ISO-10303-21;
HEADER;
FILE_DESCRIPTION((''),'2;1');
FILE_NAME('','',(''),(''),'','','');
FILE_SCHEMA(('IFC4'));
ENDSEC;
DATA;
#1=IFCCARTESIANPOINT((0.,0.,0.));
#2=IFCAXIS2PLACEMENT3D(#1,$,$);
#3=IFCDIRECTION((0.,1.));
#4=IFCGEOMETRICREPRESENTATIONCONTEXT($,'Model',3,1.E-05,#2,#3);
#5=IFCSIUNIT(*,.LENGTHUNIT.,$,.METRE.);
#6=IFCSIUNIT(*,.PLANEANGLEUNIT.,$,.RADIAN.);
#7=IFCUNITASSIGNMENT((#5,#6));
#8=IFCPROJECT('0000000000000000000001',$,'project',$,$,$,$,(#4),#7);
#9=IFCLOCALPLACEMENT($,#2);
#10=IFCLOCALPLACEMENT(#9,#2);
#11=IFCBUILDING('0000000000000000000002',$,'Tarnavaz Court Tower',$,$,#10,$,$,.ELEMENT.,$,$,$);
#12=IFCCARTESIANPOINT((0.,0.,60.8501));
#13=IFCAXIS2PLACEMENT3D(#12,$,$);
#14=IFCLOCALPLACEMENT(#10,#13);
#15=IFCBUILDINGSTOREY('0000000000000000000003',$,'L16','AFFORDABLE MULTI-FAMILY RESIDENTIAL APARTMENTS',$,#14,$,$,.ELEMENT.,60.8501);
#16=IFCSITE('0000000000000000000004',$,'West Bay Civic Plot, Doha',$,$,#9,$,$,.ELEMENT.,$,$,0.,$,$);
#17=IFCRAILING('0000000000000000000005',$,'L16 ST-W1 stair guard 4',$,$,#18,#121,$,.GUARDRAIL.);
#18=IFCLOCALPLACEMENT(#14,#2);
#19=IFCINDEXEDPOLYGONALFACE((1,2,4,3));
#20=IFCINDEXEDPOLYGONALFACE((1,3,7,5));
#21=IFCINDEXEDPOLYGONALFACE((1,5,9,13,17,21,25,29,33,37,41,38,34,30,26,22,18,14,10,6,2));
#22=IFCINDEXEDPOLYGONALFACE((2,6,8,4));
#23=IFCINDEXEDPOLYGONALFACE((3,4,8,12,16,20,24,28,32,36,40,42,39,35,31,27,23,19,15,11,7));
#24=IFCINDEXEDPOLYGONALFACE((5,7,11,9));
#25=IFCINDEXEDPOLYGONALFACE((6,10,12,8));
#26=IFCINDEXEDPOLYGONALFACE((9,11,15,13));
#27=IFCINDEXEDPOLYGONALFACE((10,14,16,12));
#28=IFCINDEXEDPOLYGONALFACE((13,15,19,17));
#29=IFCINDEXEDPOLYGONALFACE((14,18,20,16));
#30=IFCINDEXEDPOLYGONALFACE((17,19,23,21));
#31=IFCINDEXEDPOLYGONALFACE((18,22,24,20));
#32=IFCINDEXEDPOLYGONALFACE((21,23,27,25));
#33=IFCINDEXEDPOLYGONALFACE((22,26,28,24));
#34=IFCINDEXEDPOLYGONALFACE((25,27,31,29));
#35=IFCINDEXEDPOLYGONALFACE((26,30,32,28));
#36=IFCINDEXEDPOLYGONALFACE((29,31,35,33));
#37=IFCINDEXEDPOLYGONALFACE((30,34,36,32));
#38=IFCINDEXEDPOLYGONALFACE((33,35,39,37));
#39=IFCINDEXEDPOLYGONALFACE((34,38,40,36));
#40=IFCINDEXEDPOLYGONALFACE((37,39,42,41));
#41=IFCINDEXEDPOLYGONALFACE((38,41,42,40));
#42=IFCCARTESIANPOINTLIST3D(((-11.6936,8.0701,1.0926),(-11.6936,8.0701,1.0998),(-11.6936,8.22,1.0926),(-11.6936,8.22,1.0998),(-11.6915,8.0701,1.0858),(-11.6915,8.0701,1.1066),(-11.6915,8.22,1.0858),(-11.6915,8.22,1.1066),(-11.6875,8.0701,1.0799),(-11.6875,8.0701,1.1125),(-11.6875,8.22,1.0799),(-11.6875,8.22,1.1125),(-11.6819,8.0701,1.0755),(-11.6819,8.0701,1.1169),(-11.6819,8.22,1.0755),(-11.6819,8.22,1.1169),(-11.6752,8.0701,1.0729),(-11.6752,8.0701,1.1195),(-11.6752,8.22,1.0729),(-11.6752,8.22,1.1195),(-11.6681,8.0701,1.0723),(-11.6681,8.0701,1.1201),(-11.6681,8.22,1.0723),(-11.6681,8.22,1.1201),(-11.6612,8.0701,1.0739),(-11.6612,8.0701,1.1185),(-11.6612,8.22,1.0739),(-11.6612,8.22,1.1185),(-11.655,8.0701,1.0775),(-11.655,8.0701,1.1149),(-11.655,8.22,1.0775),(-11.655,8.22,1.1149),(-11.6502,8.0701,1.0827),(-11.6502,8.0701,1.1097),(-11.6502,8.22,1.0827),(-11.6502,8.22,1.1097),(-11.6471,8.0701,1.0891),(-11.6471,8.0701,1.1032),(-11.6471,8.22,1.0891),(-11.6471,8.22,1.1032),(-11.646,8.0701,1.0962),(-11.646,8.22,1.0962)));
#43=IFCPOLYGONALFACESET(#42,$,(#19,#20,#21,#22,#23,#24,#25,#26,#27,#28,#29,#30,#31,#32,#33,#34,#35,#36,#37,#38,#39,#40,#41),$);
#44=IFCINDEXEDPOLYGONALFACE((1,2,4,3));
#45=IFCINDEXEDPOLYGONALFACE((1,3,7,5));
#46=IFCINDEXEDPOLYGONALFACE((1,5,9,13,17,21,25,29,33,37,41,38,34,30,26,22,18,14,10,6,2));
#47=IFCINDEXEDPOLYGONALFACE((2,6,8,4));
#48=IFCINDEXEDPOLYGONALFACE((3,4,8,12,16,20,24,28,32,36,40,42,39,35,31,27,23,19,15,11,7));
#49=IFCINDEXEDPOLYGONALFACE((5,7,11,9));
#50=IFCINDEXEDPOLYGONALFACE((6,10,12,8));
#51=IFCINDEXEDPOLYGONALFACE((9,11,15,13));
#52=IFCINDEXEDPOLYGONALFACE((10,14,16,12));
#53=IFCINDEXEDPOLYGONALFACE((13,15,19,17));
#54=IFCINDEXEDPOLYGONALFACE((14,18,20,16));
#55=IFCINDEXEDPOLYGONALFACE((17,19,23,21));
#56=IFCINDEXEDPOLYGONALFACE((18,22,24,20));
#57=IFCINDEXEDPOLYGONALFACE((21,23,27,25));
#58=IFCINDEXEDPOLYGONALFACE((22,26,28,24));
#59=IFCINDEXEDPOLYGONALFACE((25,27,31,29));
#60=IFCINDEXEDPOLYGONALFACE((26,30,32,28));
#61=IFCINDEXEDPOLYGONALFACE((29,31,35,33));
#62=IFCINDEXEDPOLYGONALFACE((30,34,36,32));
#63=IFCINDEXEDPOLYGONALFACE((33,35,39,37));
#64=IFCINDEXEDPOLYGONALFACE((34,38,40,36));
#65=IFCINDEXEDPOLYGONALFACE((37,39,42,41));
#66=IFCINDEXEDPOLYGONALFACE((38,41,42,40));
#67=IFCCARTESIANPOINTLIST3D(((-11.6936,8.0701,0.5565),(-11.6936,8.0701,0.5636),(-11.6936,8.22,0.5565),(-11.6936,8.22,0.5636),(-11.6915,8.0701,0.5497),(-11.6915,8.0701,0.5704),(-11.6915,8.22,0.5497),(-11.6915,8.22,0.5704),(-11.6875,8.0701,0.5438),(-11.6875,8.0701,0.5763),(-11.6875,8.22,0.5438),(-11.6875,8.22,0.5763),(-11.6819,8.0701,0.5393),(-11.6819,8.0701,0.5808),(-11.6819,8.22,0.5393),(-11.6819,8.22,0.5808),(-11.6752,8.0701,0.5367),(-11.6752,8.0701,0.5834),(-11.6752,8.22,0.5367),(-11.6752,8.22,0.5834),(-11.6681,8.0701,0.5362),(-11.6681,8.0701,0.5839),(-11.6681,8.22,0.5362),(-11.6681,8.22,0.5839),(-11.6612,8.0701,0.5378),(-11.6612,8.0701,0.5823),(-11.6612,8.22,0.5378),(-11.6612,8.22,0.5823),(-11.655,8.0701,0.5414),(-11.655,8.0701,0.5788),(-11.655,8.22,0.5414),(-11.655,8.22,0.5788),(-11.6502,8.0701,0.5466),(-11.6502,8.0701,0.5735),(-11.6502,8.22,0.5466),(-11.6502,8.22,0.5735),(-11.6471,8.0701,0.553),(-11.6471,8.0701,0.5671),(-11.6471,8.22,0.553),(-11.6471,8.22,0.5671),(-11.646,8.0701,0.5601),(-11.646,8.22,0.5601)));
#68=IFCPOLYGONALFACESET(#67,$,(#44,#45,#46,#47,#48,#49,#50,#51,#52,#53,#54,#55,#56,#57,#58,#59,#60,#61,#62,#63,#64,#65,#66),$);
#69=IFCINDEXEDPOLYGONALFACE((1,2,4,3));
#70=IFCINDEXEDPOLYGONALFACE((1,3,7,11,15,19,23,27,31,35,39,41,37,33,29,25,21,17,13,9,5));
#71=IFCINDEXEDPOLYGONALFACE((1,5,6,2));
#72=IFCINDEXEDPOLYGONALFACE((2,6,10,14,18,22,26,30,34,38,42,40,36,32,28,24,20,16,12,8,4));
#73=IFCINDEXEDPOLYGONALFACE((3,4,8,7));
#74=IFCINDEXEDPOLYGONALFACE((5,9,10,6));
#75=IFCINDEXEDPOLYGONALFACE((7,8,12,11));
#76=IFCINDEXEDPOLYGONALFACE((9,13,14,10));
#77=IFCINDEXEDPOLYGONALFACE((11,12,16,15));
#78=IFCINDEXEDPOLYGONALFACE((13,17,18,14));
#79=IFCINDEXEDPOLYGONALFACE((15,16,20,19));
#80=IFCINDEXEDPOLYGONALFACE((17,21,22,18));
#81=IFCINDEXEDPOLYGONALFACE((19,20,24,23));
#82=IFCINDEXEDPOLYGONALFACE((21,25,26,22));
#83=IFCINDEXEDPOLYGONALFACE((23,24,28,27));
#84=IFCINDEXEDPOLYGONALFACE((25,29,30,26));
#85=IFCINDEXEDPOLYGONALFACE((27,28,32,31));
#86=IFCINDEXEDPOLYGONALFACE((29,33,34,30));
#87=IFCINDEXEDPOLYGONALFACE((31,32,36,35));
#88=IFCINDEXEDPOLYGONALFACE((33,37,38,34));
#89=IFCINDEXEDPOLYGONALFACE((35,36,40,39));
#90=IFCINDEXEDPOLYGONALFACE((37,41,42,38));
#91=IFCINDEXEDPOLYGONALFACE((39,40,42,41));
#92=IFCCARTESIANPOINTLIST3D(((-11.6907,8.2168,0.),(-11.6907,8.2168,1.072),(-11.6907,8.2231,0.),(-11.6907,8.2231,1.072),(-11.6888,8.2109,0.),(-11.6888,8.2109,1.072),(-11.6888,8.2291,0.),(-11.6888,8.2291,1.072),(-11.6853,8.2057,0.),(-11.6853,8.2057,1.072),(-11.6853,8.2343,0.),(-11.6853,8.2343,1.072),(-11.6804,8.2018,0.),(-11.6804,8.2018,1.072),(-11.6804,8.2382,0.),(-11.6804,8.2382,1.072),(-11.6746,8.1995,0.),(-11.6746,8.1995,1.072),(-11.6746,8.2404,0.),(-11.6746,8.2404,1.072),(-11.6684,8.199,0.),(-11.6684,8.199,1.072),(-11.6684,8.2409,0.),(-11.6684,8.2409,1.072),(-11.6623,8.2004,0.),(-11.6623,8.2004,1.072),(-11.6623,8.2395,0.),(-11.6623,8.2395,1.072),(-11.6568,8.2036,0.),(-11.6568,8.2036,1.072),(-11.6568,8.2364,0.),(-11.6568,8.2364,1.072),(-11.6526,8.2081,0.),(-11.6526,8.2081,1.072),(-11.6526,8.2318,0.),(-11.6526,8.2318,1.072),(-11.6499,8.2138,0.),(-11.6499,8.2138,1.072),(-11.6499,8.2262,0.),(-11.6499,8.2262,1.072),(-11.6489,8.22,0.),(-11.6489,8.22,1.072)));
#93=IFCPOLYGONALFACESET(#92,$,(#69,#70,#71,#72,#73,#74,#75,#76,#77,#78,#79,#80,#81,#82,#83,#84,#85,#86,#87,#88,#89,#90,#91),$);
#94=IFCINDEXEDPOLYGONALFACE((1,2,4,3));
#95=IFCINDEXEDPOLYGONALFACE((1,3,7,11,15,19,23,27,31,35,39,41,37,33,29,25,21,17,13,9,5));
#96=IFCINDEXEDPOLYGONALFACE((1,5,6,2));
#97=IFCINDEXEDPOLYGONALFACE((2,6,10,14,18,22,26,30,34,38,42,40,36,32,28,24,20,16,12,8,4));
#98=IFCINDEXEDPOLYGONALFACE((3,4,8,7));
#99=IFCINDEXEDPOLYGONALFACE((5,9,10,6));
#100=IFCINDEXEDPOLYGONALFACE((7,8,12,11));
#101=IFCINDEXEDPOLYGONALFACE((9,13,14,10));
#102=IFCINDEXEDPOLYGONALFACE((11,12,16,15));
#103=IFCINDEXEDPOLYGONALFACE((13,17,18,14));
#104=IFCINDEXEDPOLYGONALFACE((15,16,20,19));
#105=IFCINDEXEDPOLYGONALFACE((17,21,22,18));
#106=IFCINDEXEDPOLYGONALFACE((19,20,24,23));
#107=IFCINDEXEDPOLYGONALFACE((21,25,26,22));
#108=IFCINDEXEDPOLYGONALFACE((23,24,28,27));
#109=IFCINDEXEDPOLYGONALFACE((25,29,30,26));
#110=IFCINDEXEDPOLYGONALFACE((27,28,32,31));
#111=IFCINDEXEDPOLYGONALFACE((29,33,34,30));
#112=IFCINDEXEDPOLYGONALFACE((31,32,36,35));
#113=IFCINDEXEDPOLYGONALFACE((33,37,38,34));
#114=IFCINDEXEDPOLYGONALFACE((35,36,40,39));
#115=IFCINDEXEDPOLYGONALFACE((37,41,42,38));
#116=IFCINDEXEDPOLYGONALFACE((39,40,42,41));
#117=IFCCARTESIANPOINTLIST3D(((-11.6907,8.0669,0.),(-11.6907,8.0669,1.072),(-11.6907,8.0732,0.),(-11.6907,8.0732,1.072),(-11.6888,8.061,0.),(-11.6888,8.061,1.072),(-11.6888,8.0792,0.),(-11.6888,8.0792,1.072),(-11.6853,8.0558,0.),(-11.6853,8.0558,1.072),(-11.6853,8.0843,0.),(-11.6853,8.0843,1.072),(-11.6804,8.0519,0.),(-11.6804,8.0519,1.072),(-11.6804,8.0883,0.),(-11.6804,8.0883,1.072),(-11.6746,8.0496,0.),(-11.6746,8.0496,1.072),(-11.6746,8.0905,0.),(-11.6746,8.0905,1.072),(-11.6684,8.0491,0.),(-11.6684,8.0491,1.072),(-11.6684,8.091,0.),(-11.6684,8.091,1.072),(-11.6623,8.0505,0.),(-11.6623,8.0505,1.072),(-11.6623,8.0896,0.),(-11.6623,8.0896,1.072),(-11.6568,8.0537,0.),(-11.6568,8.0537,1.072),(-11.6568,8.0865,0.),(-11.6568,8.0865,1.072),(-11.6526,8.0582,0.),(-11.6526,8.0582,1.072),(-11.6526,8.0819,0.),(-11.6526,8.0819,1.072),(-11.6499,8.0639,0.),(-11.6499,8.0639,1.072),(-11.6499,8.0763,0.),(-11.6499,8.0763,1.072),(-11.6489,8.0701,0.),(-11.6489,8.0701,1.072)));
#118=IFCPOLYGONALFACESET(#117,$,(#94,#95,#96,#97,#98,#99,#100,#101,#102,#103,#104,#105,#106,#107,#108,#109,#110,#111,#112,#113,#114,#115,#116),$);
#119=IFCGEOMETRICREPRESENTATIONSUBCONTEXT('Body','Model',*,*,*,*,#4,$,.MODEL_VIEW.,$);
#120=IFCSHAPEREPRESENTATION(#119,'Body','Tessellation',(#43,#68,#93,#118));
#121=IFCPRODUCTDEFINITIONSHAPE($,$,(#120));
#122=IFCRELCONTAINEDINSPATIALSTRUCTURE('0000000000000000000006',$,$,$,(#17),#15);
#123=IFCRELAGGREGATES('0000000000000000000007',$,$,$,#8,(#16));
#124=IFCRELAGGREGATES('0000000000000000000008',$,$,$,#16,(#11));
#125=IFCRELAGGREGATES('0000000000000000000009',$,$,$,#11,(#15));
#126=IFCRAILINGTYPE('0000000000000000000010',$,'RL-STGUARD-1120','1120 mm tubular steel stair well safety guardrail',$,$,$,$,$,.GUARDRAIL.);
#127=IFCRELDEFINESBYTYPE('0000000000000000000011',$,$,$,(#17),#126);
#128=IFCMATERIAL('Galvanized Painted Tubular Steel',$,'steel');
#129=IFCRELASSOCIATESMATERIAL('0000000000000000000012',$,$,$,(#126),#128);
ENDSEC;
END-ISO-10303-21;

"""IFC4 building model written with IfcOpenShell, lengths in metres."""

from ifc_helpers import new_model, si_unit, direction, frame, origin, origin_2d, place, context, subcontext, project, spatial, circle, extrude, material, type_object, element, save


model = new_model("IFC4")

# Units and contexts
model_context = context("Model", 3, precision=1e-05, world=origin(), true_north=direction((0.0, 1.0)))
body_context = subcontext(model_context, "Body", "Model", "MODEL_VIEW")
ifc_project = project(units=[si_unit("LENGTHUNIT", "METRE"), si_unit("PLANEANGLEUNIT", "RADIAN")], contexts=[model_context])

# Site, building, storey
site_placement = place(None, origin())
site = spatial("IfcSite", under=ifc_project, at=site_placement, Name="West Bay Civic Plot, Doha", CompositionType="ELEMENT", RefElevation=0.0)
building_placement = place(site_placement, origin())
building = spatial("IfcBuilding", under=site, at=building_placement, Name="Tarnavaz Court Tower", CompositionType="ELEMENT")
storey_placement = place(building_placement, frame((0.0, 0.0, 60.8501)))
storey = spatial("IfcBuildingStorey", under=building, at=storey_placement, Name="L16", Description="AFFORDABLE MULTI-FAMILY RESIDENTIAL APARTMENTS", CompositionType="ELEMENT", Elevation=60.8501)

# Railing
ifc_material_1 = material(Name="Galvanized Painted Tubular Steel", Category="steel")
railing_type_1 = type_object("IfcRailingType", Name="RL-STGUARD-1120", Description="1120 mm tubular steel stair well safety guardrail", PredefinedType="GUARDRAIL", material=ifc_material_1)
railing_1_placement = place(storey_placement, frame((-11.6699, 8.22, 0.0)))
element("IfcRailing", 1, at=railing_1_placement, inside=storey, type_object=railing_type_1, Name="L16 ST-W1 stair guard 4", PredefinedType="GUARDRAIL", context=body_context, shape_type="SweptSolid", body=[
    extrude(circle(Radius=0.0239, at=origin_2d()), frame((0.0, 0.0, 1.0962), z_axis=(0.0, -1.0, 0.0), x_axis=(1.0, 0.0, 0.0)), (0.0, 0.0, 1.0), 0.1499),
    extrude(circle(Radius=0.0239, at=origin_2d()), frame((0.0, 0.0, 0.5601), z_axis=(0.0, -1.0, 0.0), x_axis=(1.0, 0.0, 0.0)), (0.0, 0.0, 1.0), 0.1499),
    extrude(circle(Radius=0.021, at=origin_2d()), origin(), (0.0, 0.0, 1.0), 1.072),
    extrude(circle(Radius=0.021, at=origin_2d()), frame((0.0, -0.1499, 0.0)), (0.0, 0.0, 1.0), 1.072),
])

save(model, "model.ifc")
